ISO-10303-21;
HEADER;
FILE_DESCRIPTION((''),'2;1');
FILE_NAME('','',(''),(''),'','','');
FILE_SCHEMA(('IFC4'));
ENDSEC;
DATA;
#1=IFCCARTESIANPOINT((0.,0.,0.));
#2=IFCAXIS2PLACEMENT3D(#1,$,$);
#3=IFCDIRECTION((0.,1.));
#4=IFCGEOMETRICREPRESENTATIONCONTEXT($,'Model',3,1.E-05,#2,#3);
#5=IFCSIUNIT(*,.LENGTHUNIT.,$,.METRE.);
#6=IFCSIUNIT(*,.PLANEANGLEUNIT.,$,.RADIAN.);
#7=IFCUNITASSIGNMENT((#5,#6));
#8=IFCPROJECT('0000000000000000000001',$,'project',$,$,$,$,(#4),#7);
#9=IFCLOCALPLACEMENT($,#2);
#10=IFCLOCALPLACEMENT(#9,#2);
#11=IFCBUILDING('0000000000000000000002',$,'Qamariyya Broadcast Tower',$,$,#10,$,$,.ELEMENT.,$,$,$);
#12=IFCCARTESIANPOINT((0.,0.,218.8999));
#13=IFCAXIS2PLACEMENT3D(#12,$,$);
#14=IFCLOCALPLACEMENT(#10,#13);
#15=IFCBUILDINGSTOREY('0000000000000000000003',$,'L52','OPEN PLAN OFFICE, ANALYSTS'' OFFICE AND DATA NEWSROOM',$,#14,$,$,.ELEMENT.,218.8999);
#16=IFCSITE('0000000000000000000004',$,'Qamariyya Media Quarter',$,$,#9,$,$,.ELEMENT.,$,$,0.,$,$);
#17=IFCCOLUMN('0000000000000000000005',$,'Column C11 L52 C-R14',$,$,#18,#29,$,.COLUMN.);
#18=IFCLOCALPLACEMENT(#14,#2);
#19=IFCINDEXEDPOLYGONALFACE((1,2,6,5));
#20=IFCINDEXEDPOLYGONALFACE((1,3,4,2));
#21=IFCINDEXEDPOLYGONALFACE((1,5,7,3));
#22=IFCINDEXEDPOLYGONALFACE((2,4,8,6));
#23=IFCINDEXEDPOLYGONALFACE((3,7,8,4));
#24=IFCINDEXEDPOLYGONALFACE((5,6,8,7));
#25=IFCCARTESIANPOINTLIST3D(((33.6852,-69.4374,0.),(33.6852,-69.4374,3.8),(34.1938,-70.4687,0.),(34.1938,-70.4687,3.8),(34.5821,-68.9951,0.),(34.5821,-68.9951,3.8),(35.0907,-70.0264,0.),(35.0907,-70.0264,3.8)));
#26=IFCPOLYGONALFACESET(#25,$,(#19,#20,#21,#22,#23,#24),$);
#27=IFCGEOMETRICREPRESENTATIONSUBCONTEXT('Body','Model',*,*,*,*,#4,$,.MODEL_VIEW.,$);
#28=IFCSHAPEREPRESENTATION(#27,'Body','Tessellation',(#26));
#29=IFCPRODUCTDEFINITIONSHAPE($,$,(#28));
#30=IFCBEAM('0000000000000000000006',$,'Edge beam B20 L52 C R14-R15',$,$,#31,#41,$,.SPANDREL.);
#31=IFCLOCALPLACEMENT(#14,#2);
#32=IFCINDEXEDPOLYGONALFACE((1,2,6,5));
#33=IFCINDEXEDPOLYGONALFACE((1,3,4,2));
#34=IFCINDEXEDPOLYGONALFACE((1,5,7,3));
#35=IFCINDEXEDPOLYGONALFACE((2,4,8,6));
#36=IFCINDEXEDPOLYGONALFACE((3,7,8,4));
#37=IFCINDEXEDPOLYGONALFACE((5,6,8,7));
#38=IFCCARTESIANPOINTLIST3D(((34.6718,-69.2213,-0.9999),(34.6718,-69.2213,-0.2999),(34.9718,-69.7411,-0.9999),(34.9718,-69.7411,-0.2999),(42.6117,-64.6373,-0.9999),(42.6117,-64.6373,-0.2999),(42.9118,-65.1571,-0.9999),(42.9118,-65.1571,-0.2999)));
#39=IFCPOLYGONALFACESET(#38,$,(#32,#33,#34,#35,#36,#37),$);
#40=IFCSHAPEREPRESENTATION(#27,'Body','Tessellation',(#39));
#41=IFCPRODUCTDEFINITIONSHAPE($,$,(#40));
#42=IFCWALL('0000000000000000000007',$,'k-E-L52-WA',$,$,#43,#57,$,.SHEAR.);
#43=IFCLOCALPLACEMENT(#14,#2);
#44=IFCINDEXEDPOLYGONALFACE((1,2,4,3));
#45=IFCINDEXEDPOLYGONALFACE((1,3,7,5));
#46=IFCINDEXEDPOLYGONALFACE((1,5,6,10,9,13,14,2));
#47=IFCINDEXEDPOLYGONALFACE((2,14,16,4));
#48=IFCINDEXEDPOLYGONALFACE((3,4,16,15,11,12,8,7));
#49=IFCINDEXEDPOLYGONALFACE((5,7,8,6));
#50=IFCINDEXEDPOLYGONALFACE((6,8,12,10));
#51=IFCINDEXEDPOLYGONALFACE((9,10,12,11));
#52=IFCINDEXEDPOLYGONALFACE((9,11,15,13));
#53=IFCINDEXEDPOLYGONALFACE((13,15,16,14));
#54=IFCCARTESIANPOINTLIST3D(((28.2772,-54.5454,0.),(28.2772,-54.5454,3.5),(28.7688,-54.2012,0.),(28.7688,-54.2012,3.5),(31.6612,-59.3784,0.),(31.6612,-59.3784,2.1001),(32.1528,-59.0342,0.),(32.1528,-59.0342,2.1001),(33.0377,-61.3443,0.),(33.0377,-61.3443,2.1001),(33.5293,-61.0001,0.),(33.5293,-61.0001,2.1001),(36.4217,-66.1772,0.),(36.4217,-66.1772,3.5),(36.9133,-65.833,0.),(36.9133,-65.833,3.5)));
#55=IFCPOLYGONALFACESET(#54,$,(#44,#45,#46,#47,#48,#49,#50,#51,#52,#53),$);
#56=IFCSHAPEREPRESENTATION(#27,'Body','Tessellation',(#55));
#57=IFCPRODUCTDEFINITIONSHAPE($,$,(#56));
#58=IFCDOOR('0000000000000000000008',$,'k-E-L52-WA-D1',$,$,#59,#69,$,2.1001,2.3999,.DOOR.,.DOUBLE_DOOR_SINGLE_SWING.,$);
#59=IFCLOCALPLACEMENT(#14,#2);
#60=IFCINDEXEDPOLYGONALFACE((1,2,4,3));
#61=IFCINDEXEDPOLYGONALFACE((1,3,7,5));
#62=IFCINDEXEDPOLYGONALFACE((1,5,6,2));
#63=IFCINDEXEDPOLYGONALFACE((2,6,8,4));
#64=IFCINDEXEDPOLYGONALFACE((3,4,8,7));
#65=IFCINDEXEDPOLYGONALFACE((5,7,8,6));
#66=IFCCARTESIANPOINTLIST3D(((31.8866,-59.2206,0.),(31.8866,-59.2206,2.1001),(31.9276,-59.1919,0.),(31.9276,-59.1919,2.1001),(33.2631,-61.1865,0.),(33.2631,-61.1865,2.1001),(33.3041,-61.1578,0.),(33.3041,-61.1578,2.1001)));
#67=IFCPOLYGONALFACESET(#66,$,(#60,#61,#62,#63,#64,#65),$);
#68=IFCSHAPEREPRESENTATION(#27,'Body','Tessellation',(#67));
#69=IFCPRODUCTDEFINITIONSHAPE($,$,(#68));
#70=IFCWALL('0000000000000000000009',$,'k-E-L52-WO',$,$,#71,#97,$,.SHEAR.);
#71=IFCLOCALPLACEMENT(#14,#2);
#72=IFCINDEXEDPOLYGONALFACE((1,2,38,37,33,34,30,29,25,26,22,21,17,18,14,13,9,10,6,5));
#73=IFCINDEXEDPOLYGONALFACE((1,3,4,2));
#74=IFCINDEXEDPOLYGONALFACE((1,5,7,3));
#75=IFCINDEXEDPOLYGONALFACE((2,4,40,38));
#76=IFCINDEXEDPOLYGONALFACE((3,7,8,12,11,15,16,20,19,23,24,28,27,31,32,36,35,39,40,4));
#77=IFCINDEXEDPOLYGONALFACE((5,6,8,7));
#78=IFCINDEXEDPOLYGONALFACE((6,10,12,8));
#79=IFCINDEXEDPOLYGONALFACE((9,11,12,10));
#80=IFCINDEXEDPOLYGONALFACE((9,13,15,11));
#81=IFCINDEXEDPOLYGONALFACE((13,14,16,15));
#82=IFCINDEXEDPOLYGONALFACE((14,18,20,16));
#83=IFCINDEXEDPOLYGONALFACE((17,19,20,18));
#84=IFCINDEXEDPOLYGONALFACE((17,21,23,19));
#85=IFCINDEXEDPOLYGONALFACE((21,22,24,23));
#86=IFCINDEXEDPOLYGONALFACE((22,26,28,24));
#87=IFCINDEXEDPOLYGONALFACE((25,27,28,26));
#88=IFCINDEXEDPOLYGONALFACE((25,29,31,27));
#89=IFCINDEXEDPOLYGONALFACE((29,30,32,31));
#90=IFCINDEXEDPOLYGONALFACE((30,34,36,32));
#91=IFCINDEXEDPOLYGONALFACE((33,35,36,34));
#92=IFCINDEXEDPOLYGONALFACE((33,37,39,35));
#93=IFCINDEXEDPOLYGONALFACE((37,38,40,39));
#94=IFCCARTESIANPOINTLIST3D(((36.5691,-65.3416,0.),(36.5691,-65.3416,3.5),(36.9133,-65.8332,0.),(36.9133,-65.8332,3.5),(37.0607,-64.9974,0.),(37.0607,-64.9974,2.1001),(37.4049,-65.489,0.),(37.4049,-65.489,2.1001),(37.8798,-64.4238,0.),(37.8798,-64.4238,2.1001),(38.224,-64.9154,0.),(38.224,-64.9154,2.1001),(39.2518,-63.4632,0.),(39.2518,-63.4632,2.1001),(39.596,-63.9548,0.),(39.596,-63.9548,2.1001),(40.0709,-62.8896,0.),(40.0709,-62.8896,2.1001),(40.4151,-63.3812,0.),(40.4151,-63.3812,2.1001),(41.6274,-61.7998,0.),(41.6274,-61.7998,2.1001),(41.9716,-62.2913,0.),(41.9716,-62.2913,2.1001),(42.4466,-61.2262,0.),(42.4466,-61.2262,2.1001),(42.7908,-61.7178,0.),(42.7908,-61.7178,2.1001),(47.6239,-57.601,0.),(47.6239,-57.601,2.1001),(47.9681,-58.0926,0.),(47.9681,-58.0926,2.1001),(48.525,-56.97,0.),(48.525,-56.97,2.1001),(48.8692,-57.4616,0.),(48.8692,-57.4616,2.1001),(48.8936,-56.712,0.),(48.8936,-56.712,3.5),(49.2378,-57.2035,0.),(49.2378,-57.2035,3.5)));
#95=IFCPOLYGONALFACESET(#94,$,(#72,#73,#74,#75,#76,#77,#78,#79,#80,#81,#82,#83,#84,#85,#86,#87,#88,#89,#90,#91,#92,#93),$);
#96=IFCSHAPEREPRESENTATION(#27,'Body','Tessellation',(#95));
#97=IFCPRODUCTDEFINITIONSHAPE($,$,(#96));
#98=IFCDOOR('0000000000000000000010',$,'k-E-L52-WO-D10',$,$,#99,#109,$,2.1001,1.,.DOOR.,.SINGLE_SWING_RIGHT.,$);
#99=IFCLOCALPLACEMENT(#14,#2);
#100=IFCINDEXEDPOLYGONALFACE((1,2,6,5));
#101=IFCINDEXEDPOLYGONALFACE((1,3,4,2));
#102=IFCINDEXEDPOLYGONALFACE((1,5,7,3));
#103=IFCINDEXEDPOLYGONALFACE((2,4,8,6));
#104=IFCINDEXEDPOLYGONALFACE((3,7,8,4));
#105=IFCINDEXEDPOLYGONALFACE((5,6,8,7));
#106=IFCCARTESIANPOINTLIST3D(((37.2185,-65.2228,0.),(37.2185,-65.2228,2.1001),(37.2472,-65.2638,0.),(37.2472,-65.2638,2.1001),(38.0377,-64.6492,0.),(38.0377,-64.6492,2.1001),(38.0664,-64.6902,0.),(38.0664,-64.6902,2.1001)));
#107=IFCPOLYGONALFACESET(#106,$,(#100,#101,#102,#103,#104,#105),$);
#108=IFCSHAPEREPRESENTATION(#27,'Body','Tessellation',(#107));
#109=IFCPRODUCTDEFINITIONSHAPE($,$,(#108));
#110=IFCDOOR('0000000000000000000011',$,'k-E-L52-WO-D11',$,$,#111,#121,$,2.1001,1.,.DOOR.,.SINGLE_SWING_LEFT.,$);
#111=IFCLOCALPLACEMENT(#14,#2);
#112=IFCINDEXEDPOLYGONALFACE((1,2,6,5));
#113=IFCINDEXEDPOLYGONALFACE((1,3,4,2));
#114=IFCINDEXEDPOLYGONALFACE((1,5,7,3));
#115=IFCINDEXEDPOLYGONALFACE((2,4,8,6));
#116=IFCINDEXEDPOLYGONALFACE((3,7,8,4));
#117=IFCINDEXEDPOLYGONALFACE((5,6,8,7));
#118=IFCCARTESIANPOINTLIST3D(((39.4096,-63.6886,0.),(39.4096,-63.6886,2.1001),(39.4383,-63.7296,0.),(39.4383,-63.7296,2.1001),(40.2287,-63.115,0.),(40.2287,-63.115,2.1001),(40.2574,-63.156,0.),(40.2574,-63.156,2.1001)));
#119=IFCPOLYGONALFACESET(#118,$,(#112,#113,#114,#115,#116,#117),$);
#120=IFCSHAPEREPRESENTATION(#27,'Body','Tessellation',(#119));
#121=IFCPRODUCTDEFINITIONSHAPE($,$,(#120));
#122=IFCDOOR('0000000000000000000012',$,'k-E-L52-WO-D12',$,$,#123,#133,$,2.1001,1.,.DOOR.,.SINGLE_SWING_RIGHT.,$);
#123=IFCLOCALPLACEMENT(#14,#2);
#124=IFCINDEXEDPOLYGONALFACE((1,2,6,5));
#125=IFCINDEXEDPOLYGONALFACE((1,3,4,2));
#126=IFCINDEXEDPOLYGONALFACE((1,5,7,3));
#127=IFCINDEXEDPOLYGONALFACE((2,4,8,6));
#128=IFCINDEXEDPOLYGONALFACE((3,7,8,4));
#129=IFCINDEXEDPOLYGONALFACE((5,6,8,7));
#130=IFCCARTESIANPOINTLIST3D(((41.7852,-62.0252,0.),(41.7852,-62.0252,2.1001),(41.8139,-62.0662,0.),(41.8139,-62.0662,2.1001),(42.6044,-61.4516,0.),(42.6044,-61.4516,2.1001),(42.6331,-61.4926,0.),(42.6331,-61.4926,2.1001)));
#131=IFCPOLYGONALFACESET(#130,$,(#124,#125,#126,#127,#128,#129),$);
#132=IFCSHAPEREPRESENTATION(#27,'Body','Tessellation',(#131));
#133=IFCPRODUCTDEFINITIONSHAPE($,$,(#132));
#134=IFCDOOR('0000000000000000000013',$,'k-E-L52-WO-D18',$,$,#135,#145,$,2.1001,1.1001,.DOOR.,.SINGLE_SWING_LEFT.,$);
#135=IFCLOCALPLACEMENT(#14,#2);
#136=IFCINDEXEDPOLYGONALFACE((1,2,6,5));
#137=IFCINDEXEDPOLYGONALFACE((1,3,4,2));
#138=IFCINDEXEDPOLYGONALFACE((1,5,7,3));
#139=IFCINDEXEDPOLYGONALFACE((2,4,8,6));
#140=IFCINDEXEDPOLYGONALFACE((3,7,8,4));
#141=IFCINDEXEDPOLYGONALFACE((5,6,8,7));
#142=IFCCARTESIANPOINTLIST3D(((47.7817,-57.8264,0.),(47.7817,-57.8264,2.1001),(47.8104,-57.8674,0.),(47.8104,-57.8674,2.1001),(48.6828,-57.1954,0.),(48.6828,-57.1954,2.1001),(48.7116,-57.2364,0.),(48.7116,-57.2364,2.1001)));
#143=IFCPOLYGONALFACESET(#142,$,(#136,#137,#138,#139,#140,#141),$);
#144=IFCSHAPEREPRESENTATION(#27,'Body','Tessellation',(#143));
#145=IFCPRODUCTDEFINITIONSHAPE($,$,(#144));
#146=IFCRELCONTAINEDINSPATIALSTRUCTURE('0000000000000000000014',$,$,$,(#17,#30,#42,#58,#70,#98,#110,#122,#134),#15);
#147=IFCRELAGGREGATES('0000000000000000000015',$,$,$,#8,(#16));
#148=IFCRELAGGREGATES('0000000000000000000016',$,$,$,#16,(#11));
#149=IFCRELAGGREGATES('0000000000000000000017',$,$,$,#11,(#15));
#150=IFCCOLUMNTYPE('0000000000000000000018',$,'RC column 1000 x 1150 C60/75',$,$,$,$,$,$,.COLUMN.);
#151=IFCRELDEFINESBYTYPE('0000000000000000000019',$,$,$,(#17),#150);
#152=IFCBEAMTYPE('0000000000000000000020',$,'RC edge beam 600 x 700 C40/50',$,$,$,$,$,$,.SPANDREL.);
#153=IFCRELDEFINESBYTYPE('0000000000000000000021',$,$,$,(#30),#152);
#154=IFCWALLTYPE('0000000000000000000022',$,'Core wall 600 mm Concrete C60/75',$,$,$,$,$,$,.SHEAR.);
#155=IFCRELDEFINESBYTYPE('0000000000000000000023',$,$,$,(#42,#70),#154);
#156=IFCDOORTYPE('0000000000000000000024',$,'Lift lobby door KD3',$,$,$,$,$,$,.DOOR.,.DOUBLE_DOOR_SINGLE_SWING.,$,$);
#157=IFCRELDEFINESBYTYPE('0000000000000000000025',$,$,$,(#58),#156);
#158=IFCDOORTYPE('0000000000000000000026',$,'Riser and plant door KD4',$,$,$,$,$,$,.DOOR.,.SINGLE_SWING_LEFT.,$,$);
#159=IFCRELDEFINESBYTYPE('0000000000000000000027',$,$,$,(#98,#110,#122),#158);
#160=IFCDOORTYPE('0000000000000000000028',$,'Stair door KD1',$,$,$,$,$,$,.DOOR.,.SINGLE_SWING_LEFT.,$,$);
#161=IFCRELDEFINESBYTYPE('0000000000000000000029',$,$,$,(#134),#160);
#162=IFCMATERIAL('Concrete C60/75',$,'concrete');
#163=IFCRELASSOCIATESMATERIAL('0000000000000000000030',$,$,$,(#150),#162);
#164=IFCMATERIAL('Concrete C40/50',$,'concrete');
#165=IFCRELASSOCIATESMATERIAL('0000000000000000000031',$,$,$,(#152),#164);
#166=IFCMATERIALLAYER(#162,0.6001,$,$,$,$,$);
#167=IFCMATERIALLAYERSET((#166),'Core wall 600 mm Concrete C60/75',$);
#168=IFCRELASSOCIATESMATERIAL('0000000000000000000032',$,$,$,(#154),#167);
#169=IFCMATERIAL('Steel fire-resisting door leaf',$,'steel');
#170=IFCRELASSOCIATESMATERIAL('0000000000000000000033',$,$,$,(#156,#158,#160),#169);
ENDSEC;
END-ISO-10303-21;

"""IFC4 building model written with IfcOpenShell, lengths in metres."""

from ifc_helpers import new_model, si_unit, direction, frame, frame_2d, origin, origin_2d, place, context, subcontext, project, spatial, rectangle, extrude, material, layer, layer_set, material_profile, profile_set, type_object, element, fill, save


model = new_model("IFC4")

# Units and contexts
model_context = context("Model", 3, precision=1e-05, world=origin(), true_north=direction((0.0, 1.0)))
body_context = subcontext(model_context, "Body", "Model", "MODEL_VIEW")
ifc_project = project(units=[si_unit("LENGTHUNIT", "METRE"), si_unit("PLANEANGLEUNIT", "RADIAN")], contexts=[model_context])

# Site, building, storey
site_placement = place(None, origin())
site = spatial("IfcSite", under=ifc_project, at=site_placement, Name="Qamariyya Media Quarter", CompositionType="ELEMENT", RefElevation=0.0)
building_placement = place(site_placement, origin())
building = spatial("IfcBuilding", under=site, at=building_placement, Name="Qamariyya Broadcast Tower", CompositionType="ELEMENT")
storey_placement = place(building_placement, frame((0.0, 0.0, 218.8999)))
storey = spatial("IfcBuildingStorey", under=building, at=storey_placement, Name="L52", Description="OPEN PLAN OFFICE, ANALYSTS' OFFICE AND DATA NEWSROOM", CompositionType="ELEMENT", Elevation=218.8999)

# Column
ifc_material_1 = material(Name="Concrete C60/75", Category="concrete")
ifc_material_profile_1 = material_profile(ifc_material_1, rectangle(XDim=1.0, YDim=1.1499, at=origin_2d()))
ifc_profile_set_1 = profile_set([ifc_material_profile_1], Name="Concrete C60/75")
column_type = type_object("IfcColumnType", Name="RC column 1000 x 1150 C60/75", PredefinedType="COLUMN", material=ifc_profile_set_1)
column_placement = place(storey_placement, frame((34.3879, -69.7319, 0.0), z_axis=(0.0, 0.0, 1.0), x_axis=(0.896873, 0.442289, 0.0)))
element("IfcColumn", 1, at=column_placement, inside=storey, type_object=column_type, Name="Column C11 L52 C-R14", PredefinedType="COLUMN", context=body_context, shape_type="SweptSolid", body=[
    extrude(rectangle(XDim=1.0, YDim=1.1499, at=origin_2d()), origin(), (0.0, 0.0, 1.0), 3.8),
])

# Beam
ifc_material_2 = material(Name="Concrete C40/50", Category="concrete")
ifc_material_profile_2 = material_profile(ifc_material_2, rectangle(XDim=0.6001, YDim=0.7, at=origin_2d()))
ifc_profile_set_2 = profile_set([ifc_material_profile_2], Name="Concrete C40/50")
beam_type = type_object("IfcBeamType", Name="RC edge beam 600 x 700 C40/50", PredefinedType="SPANDREL", material=ifc_profile_set_2)
beam_placement = place(storey_placement, frame((34.8218, -69.4812, -0.6499), z_axis=(0.866032, 0.499988, 0.0), x_axis=(-0.499988, 0.866032, 0.0)))
element("IfcBeam", 2, at=beam_placement, inside=storey, type_object=beam_type, Name="Edge beam B20 L52 C R14-R15", PredefinedType="SPANDREL", context=body_context, shape_type="SweptSolid", body=[
    extrude(rectangle(XDim=0.6001, YDim=0.7, at=origin_2d()), origin(), (0.0, 0.0, 1.0), 9.1682),
])

# Wall, opening, door
ifc_layer_1 = layer(ifc_material_1, 0.6001)
ifc_layer_set_1 = layer_set([ifc_layer_1], Name="Core wall 600 mm Concrete C60/75")
wall_type_1 = type_object("IfcWallType", Name="Core wall 600 mm Concrete C60/75", PredefinedType="SHEAR", material=ifc_layer_set_1)
wall_1_placement = place(storey_placement, frame((36.6675, -66.0051, 0.0), z_axis=(0.0, 0.0, 1.0), x_axis=(-0.573568, 0.819158, 0.0)))
wall_1 = element("IfcWall", 3, at=wall_1_placement, inside=storey, type_object=wall_type_1, Name="k-E-L52-WA", PredefinedType="SHEAR", context=body_context, shape_type="SweptSolid", body=[
    extrude(rectangle(XDim=14.1997, YDim=0.6001, at=frame_2d((7.0999, 0.0))), origin(), (0.0, 0.0, 1.0), 3.5),
])
opening_1_placement = place(wall_1_placement, frame((5.8999, 0.0, 0.0)))
opening_1 = element("IfcOpeningElement", 4, at=opening_1_placement, cuts=wall_1, PredefinedType="OPENING", context=body_context, shape_type="SweptSolid", body=[
    extrude(rectangle(XDim=2.3999, YDim=2.1001, at=frame_2d((1.2, 1.05))), frame((0.0, 0.3101, 0.0), z_axis=(0.0, -1.0, 0.0), x_axis=(1.0, 0.0, 0.0)), (0.0, 0.0, 1.0), 0.6201),
])
ifc_material_3 = material(Name="Steel fire-resisting door leaf", Category="steel")
door_type_1 = type_object("IfcDoorType", Name="Lift lobby door KD3", OperationType="DOUBLE_DOOR_SINGLE_SWING", PredefinedType="DOOR", material=ifc_material_3)
door_1_placement = place(opening_1_placement, origin())
door_1 = element("IfcDoor", 5, at=door_1_placement, inside=storey, type_object=door_type_1, Name="k-E-L52-WA-D1", OperationType="DOUBLE_DOOR_SINGLE_SWING", OverallHeight=2.1001, OverallWidth=2.3999, PredefinedType="DOOR", context=body_context, shape_type="SweptSolid", body=[
    extrude(rectangle(XDim=2.3999, YDim=2.1001, at=frame_2d((1.2, 1.05))), frame((0.0, 0.0249, 0.0), z_axis=(0.0, -1.0, 0.0), x_axis=(1.0, 0.0, 0.0)), (0.0, 0.0, 1.0), 0.05),
])
fill(opening_1, door_1)

# Wall, openings, doors
wall_2_placement = place(storey_placement, frame((36.7412, -65.5874, 0.0), z_axis=(0.0, 0.0, 1.0), x_axis=(0.819153, 0.573575, 0.0)))
wall_2 = element("IfcWall", 6, at=wall_2_placement, inside=storey, type_object=wall_type_1, Name="k-E-L52-WO", PredefinedType="SHEAR", context=body_context, shape_type="SweptSolid", body=[
    extrude(rectangle(XDim=15.0454, YDim=0.6001, at=frame_2d((7.5227, 0.0))), origin(), (0.0, 0.0, 1.0), 3.5),
])
opening_2_placement = place(wall_2_placement, frame((0.6001, 0.0, 0.0)))
opening_2 = element("IfcOpeningElement", 7, at=opening_2_placement, cuts=wall_2, PredefinedType="OPENING", context=body_context, shape_type="SweptSolid", body=[
    extrude(rectangle(XDim=1.0, YDim=2.1001, at=frame_2d((0.5, 1.05))), frame((0.0, 0.3101, 0.0), z_axis=(0.0, -1.0, 0.0), x_axis=(1.0, 0.0, 0.0)), (0.0, 0.0, 1.0), 0.6201),
])
opening_3_placement = place(wall_2_placement, frame((3.2749, 0.0, 0.0)))
opening_3 = element("IfcOpeningElement", 8, at=opening_3_placement, cuts=wall_2, PredefinedType="OPENING", context=body_context, shape_type="SweptSolid", body=[
    extrude(rectangle(XDim=1.0, YDim=2.1001, at=frame_2d((0.5, 1.05))), frame((0.0, 0.3101, 0.0), z_axis=(0.0, -1.0, 0.0), x_axis=(1.0, 0.0, 0.0)), (0.0, 0.0, 1.0), 0.6201),
])
opening_4_placement = place(wall_2_placement, frame((6.175, 0.0, 0.0)))
opening_4 = element("IfcOpeningElement", 9, at=opening_4_placement, cuts=wall_2, PredefinedType="OPENING", context=body_context, shape_type="SweptSolid", body=[
    extrude(rectangle(XDim=1.0, YDim=2.1001, at=frame_2d((0.5, 1.05))), frame((0.0, 0.3101, 0.0), z_axis=(0.0, -1.0, 0.0), x_axis=(1.0, 0.0, 0.0)), (0.0, 0.0, 1.0), 0.6201),
])
opening_5_placement = place(wall_2_placement, frame((13.4954, 0.0, 0.0)))
opening_5 = element("IfcOpeningElement", 10, at=opening_5_placement, cuts=wall_2, PredefinedType="OPENING", context=body_context, shape_type="SweptSolid", body=[
    extrude(rectangle(XDim=1.1001, YDim=2.1001, at=frame_2d((0.55, 1.05))), frame((0.0, 0.3101, 0.0), z_axis=(0.0, -1.0, 0.0), x_axis=(1.0, 0.0, 0.0)), (0.0, 0.0, 1.0), 0.6201),
])
door_type_2 = type_object("IfcDoorType", Name="Riser and plant door KD4", OperationType="SINGLE_SWING_LEFT", PredefinedType="DOOR", material=ifc_material_3)
door_2_placement = place(opening_2_placement, origin())
door_2 = element("IfcDoor", 11, at=door_2_placement, inside=storey, type_object=door_type_2, Name="k-E-L52-WO-D10", OperationType="SINGLE_SWING_RIGHT", OverallHeight=2.1001, OverallWidth=1.0, PredefinedType="DOOR", context=body_context, shape_type="SweptSolid", body=[
    extrude(rectangle(XDim=1.0, YDim=2.1001, at=frame_2d((0.5, 1.05))), frame((0.0, 0.0249, 0.0), z_axis=(0.0, -1.0, 0.0), x_axis=(1.0, 0.0, 0.0)), (0.0, 0.0, 1.0), 0.05),
])
fill(opening_2, door_2)
door_3_placement = place(opening_3_placement, origin())
door_3 = element("IfcDoor", 12, at=door_3_placement, inside=storey, type_object=door_type_2, Name="k-E-L52-WO-D11", OperationType="SINGLE_SWING_LEFT", OverallHeight=2.1001, OverallWidth=1.0, PredefinedType="DOOR", context=body_context, shape_type="SweptSolid", body=[
    extrude(rectangle(XDim=1.0, YDim=2.1001, at=frame_2d((0.5, 1.05))), frame((0.0, 0.0249, 0.0), z_axis=(0.0, -1.0, 0.0), x_axis=(1.0, 0.0, 0.0)), (0.0, 0.0, 1.0), 0.05),
])
fill(opening_3, door_3)
door_4_placement = place(opening_4_placement, origin())
door_4 = element("IfcDoor", 13, at=door_4_placement, inside=storey, type_object=door_type_2, Name="k-E-L52-WO-D12", OperationType="SINGLE_SWING_RIGHT", OverallHeight=2.1001, OverallWidth=1.0, PredefinedType="DOOR", context=body_context, shape_type="SweptSolid", body=[
    extrude(rectangle(XDim=1.0, YDim=2.1001, at=frame_2d((0.5, 1.05))), frame((0.0, 0.0249, 0.0), z_axis=(0.0, -1.0, 0.0), x_axis=(1.0, 0.0, 0.0)), (0.0, 0.0, 1.0), 0.05),
])
fill(opening_4, door_4)
door_type_3 = type_object("IfcDoorType", Name="Stair door KD1", OperationType="SINGLE_SWING_LEFT", PredefinedType="DOOR", material=ifc_material_3)
door_5_placement = place(opening_5_placement, origin())
door_5 = element("IfcDoor", 14, at=door_5_placement, inside=storey, type_object=door_type_3, Name="k-E-L52-WO-D18", OperationType="SINGLE_SWING_LEFT", OverallHeight=2.1001, OverallWidth=1.1001, PredefinedType="DOOR", context=body_context, shape_type="SweptSolid", body=[
    extrude(rectangle(XDim=1.1001, YDim=2.1001, at=frame_2d((0.55, 1.05))), frame((0.0, 0.0249, 0.0), z_axis=(0.0, -1.0, 0.0), x_axis=(1.0, 0.0, 0.0)), (0.0, 0.0, 1.0), 0.05),
])
fill(opening_5, door_5)

save(model, "model.ifc")
